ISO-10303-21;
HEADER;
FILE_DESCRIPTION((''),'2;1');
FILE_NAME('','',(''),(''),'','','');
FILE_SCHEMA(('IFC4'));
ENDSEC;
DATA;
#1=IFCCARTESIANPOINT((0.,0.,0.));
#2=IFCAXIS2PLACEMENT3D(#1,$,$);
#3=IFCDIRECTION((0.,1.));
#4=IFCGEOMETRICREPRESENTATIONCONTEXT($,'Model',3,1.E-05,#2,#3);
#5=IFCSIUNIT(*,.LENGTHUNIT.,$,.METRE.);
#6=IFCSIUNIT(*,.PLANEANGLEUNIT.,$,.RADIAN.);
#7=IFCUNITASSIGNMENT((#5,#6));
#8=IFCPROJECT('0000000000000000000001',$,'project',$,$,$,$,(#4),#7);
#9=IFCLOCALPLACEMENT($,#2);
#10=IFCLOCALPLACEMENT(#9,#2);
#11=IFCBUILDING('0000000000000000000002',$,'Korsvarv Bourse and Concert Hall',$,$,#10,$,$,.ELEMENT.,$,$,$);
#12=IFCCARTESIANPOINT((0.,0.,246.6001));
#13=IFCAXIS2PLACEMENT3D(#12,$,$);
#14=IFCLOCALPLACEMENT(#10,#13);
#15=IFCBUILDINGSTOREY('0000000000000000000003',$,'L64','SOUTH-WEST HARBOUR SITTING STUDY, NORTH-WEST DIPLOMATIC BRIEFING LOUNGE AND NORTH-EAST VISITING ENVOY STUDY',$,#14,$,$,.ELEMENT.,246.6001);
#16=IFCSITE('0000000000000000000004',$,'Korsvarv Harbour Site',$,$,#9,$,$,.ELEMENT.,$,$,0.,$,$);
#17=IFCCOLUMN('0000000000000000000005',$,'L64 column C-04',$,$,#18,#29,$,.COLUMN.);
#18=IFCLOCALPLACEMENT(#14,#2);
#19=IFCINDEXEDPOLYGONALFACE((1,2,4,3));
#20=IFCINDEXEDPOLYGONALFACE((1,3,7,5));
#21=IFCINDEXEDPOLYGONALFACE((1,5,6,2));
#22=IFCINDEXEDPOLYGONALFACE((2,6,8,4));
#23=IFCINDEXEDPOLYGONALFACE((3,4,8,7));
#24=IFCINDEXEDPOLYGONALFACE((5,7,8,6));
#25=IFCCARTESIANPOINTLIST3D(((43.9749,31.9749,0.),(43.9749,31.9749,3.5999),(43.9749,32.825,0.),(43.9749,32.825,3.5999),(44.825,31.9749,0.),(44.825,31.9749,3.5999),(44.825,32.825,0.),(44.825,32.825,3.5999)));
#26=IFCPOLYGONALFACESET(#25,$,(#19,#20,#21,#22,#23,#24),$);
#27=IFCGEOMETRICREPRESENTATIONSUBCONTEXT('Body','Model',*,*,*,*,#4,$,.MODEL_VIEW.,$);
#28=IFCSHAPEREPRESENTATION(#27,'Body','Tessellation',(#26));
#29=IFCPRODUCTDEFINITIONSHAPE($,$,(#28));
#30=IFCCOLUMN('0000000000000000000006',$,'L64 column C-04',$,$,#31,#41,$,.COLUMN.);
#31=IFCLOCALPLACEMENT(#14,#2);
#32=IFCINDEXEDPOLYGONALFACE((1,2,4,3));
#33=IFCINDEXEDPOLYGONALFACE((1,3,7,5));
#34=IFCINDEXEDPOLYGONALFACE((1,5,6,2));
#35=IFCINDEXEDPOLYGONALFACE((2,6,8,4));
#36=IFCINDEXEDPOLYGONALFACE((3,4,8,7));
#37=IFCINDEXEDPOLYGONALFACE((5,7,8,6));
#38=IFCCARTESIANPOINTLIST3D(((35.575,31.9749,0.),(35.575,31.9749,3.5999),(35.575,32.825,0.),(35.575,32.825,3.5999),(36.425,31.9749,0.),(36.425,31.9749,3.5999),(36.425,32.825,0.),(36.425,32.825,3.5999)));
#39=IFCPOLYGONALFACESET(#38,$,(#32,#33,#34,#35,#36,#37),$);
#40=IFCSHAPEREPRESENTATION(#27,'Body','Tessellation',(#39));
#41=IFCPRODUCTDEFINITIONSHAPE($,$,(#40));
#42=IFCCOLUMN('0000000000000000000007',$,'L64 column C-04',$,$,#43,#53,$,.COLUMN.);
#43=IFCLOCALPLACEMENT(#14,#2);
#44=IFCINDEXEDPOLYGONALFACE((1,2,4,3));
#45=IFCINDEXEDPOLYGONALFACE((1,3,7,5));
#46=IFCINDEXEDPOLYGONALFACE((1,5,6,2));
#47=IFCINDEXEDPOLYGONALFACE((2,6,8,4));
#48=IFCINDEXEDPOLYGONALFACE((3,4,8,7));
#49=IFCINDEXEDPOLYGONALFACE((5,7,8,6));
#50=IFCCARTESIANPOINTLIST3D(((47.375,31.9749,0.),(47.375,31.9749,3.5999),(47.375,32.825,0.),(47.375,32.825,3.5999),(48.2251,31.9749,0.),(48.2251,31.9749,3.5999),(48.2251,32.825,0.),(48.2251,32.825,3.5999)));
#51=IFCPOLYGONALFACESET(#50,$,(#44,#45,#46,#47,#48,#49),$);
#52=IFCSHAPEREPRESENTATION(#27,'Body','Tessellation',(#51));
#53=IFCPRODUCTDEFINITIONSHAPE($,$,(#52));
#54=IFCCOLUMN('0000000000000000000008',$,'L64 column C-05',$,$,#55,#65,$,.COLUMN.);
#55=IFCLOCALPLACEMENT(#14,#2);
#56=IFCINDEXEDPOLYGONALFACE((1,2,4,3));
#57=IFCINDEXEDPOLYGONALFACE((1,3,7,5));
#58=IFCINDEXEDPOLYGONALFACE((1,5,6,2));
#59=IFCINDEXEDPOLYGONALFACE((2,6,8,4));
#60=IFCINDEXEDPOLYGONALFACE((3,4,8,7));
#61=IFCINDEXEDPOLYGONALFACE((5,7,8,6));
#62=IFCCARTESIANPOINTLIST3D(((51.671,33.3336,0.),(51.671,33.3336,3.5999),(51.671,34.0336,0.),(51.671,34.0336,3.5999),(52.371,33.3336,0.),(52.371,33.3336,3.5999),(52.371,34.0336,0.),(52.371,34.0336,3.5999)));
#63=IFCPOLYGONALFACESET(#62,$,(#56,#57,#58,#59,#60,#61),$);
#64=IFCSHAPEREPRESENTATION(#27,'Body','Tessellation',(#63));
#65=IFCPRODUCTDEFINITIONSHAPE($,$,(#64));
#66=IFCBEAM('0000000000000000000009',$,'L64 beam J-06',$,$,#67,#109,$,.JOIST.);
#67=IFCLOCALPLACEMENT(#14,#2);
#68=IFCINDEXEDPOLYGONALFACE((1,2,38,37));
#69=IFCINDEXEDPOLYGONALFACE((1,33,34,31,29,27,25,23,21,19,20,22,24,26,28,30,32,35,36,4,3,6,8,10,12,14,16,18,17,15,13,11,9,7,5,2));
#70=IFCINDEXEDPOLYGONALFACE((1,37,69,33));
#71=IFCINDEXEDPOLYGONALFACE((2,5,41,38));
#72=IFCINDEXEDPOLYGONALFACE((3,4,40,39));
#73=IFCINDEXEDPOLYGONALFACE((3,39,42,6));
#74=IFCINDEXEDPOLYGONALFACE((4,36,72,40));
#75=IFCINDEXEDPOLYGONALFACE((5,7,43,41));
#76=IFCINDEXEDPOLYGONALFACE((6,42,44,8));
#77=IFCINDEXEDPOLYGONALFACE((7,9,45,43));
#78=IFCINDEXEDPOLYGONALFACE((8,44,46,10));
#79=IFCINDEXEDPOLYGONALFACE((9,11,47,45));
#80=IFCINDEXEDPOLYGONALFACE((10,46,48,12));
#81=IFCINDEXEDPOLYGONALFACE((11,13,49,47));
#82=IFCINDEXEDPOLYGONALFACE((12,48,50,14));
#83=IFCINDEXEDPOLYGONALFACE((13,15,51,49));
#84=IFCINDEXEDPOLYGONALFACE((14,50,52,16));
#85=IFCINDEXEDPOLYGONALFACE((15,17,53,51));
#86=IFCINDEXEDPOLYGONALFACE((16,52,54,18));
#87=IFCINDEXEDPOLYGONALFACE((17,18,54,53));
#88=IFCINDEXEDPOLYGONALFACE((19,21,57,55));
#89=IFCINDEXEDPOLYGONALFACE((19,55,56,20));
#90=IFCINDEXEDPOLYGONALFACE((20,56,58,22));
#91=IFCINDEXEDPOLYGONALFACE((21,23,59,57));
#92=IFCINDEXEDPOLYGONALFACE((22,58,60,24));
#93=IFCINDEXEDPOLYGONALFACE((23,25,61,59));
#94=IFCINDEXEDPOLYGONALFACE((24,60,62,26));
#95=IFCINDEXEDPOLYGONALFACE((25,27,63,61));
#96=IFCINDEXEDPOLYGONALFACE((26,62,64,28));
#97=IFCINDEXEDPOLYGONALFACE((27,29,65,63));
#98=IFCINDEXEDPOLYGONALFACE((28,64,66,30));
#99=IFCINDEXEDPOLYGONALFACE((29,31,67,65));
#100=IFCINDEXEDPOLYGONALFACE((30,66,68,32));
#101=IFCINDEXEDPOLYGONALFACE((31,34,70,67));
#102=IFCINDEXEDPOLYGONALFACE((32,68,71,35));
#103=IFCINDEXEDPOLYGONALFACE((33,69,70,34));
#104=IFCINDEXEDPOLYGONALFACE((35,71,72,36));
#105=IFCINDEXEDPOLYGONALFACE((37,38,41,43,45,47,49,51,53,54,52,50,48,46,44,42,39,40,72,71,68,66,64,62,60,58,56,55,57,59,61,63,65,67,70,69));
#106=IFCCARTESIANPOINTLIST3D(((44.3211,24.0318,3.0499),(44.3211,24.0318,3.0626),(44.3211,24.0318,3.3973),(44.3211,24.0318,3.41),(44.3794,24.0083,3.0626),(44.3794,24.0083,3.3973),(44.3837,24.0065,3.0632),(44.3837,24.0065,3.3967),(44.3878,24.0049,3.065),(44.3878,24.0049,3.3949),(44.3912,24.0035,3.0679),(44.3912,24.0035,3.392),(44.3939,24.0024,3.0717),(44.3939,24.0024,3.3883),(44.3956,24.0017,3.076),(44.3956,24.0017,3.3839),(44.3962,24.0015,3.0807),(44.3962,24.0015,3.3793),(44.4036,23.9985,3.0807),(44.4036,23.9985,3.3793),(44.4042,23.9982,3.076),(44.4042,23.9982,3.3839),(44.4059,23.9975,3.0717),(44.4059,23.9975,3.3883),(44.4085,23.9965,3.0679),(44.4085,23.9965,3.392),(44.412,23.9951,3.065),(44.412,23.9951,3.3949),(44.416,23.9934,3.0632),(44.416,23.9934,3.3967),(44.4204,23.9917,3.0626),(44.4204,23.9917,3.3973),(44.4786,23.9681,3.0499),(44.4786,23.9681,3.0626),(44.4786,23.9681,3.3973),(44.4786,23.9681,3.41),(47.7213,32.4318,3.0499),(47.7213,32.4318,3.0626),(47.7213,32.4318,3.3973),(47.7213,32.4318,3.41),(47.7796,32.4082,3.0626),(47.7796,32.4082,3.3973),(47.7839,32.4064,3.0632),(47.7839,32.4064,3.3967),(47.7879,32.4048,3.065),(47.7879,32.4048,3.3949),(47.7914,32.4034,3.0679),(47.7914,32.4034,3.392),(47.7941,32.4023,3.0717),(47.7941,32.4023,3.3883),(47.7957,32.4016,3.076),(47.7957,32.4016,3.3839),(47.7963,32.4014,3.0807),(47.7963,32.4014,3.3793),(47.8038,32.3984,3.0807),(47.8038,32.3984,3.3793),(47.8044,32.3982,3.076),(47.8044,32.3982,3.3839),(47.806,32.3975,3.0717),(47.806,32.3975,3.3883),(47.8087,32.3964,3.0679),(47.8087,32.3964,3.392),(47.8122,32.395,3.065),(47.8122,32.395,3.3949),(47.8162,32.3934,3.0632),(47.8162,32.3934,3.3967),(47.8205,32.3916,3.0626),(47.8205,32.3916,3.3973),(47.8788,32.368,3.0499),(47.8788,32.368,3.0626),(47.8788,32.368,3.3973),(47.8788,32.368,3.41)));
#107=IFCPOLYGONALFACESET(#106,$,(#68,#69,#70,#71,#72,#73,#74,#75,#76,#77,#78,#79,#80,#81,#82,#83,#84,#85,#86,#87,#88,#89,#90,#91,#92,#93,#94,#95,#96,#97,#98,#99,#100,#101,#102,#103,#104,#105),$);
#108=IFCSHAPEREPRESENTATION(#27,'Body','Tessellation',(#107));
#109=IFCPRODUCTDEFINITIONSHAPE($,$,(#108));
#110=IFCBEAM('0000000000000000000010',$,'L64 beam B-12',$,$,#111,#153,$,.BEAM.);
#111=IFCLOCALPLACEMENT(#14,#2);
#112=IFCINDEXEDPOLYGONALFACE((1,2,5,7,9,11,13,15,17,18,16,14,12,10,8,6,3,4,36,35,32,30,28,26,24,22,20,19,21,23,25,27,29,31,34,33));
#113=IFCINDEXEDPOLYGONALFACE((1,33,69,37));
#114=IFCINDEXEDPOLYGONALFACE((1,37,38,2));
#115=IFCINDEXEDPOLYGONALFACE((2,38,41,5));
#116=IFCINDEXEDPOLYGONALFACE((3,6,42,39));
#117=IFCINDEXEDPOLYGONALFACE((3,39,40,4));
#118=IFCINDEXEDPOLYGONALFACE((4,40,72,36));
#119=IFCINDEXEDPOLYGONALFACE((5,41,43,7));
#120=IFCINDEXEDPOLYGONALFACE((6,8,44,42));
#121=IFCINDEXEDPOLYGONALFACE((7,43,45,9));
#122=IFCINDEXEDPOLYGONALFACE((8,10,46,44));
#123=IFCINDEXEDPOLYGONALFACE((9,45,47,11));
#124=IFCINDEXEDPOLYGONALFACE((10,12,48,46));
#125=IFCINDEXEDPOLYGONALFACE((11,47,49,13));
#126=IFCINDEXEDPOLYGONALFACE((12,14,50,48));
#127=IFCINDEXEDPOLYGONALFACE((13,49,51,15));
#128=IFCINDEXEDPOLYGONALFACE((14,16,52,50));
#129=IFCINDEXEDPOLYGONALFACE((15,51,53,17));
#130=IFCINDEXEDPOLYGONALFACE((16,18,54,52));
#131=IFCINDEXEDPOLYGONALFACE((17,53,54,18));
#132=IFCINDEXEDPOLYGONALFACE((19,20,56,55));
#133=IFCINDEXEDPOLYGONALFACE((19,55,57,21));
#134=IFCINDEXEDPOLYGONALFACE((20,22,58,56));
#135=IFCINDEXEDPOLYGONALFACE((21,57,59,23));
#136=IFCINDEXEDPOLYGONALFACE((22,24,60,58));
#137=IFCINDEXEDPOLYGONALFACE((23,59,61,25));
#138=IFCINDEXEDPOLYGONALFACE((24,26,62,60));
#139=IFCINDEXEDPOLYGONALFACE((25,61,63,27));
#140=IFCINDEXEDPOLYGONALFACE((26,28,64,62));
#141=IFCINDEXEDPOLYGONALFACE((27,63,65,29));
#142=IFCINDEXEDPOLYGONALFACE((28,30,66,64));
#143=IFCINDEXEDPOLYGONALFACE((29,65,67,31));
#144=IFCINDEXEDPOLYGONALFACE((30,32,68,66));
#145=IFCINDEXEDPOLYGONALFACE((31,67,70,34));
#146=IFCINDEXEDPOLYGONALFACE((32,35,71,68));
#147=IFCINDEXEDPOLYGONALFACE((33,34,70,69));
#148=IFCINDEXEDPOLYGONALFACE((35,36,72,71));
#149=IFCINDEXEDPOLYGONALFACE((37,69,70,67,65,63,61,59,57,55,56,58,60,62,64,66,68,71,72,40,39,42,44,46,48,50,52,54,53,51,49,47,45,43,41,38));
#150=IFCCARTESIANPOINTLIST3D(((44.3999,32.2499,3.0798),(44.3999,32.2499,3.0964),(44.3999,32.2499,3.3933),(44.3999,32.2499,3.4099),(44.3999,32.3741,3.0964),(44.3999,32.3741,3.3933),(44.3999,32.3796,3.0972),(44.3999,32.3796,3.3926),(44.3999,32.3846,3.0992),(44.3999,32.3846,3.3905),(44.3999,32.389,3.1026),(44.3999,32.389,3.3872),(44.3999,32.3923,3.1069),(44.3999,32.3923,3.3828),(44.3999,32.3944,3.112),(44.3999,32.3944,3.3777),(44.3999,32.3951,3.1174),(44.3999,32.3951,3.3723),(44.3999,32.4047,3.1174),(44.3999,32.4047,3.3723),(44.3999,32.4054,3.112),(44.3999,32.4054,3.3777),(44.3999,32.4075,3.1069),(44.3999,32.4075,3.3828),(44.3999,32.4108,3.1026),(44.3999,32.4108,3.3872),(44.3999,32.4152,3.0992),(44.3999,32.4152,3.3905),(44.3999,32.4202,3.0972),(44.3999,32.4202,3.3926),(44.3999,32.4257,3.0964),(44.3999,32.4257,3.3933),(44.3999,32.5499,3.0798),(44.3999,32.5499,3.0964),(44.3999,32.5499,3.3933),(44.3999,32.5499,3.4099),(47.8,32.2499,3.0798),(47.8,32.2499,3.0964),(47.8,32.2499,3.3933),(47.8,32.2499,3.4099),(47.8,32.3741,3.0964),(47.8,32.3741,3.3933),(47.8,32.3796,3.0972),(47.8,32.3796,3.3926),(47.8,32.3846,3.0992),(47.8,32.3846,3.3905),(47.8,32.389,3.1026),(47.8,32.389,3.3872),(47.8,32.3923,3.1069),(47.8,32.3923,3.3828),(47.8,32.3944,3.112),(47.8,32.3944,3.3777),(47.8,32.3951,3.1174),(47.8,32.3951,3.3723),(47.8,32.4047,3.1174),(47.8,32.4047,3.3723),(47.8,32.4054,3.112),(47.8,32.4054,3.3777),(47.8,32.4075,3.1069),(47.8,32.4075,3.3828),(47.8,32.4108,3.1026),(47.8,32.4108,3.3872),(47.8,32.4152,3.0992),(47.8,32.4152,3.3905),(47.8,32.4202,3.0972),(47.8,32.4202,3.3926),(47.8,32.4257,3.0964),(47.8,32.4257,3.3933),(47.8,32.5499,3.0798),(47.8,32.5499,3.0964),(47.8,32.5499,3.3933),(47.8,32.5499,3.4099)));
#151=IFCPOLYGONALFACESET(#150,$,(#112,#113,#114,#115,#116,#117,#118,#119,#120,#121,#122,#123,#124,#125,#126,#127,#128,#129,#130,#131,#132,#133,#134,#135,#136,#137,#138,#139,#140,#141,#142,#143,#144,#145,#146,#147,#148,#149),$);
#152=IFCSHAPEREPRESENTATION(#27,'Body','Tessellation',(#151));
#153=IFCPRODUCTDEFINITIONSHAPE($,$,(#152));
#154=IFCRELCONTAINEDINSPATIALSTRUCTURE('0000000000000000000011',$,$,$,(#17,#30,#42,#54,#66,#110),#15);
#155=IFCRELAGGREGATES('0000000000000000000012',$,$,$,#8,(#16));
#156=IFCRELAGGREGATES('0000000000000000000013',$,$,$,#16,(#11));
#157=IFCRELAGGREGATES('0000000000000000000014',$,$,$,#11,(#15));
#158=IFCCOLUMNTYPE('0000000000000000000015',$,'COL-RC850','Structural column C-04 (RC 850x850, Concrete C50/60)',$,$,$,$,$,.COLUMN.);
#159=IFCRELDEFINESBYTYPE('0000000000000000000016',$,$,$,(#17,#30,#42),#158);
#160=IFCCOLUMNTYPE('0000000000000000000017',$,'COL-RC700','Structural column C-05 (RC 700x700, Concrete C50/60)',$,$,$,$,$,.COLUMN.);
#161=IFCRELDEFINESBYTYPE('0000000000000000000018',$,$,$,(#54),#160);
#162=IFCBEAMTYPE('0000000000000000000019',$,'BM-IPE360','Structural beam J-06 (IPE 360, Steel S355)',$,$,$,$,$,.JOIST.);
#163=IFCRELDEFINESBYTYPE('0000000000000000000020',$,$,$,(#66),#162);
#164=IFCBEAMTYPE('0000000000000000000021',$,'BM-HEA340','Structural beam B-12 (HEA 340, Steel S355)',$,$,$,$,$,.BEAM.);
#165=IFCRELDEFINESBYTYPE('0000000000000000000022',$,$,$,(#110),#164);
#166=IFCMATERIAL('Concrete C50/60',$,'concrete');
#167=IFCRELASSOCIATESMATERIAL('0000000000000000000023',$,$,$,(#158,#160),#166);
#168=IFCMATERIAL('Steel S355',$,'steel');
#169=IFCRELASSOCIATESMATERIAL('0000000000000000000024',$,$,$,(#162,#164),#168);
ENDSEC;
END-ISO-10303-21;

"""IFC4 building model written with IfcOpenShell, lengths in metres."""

from ifc_helpers import new_model, si_unit, direction, frame, origin, origin_2d, place, context, subcontext, project, spatial, rectangle, i_section, extrude, source, transform, mapped, material, material_profile, profile_set, type_object, element, save


model = new_model("IFC4")

# Units and contexts
model_context = context("Model", 3, precision=1e-05, world=origin(), true_north=direction((0.0, 1.0)))
body_context = subcontext(model_context, "Body", "Model", "MODEL_VIEW")
ifc_project = project(units=[si_unit("LENGTHUNIT", "METRE"), si_unit("PLANEANGLEUNIT", "RADIAN")], contexts=[model_context])

# Site, building, storey
site_placement = place(None, origin())
site = spatial("IfcSite", under=ifc_project, at=site_placement, Name="Korsvarv Harbour Site", CompositionType="ELEMENT", RefElevation=0.0)
building_placement = place(site_placement, origin())
building = spatial("IfcBuilding", under=site, at=building_placement, Name="Korsvarv Bourse and Concert Hall", CompositionType="ELEMENT")
storey_placement = place(building_placement, frame((0.0, 0.0, 246.6001)))
storey = spatial("IfcBuildingStorey", under=building, at=storey_placement, Name="L64", Description="SOUTH-WEST HARBOUR SITTING STUDY, NORTH-WEST DIPLOMATIC BRIEFING LOUNGE AND NORTH-EAST VISITING ENVOY STUDY", CompositionType="ELEMENT", Elevation=246.6001)

# Columns
ifc_material_1 = material(Name="Concrete C50/60", Category="concrete")
ifc_material_profile_1 = material_profile(ifc_material_1, rectangle(XDim=0.8501, YDim=0.8501, at=origin_2d()), Name="RC 850x850")
ifc_profile_set_1 = profile_set([ifc_material_profile_1], Name="Concrete C50/60")
column_type_1 = type_object("IfcColumnType", Name="COL-RC850", Description="Structural column C-04 (RC 850x850, Concrete C50/60)", PredefinedType="COLUMN", material=ifc_profile_set_1)
shared_shape_1 = source(origin(), body_context, "Body", "SweptSolid", [
    extrude(rectangle(XDim=0.8501, YDim=0.8501, at=origin_2d()), origin(), (0.0, 0.0, 1.0), 3.5999),
])
for number, where, z_axis, x_axis, name in (
    (1, (44.3999, 32.3999, 0.0), (0.0, 0.0, 1.0), (1.0, 0.0, 0.0), "L64 column C-04"),
    (2, (36.0, 32.3999, 0.0), (0.0, 0.0, 1.0), (1.0, 0.0, 0.0), "L64 column C-04"),
    (3, (47.8, 32.3999, 0.0), (0.0, 0.0, 1.0), (1.0, 0.0, 0.0), "L64 column C-04"),
):
    element("IfcColumn", number, at=place(storey_placement, frame(where, z_axis=z_axis, x_axis=x_axis)), inside=storey, type_object=column_type_1, Name=name, PredefinedType="COLUMN", context=body_context, shape_type="MappedRepresentation", body=[
        mapped(shared_shape_1, transform((0.0, 0.0, 0.0), scale=1.0)),
    ])
ifc_material_profile_2 = material_profile(ifc_material_1, rectangle(XDim=0.7, YDim=0.7, at=origin_2d()), Name="RC 700x700")
ifc_profile_set_2 = profile_set([ifc_material_profile_2], Name="Concrete C50/60")
column_type_2 = type_object("IfcColumnType", Name="COL-RC700", Description="Structural column C-05 (RC 700x700, Concrete C50/60)", PredefinedType="COLUMN", material=ifc_profile_set_2)
shared_shape_2 = source(origin(), body_context, "Body", "SweptSolid", [
    extrude(rectangle(XDim=0.7, YDim=0.7, at=origin_2d()), origin(), (0.0, 0.0, 1.0), 3.5999),
])
column_placement = place(storey_placement, frame((52.021, 33.6836, 0.0), z_axis=(0.0, 0.0, 1.0), x_axis=(1.0, 0.0, 0.0)))
element("IfcColumn", 4, at=column_placement, inside=storey, type_object=column_type_2, Name="L64 column C-05", PredefinedType="COLUMN", context=body_context, shape_type="MappedRepresentation", body=[
    mapped(shared_shape_2, transform((0.0, 0.0, 0.0), scale=1.0)),
])

# Beams
ifc_material_2 = material(Name="Steel S355", Category="steel")
ifc_material_profile_3 = material_profile(ifc_material_2, i_section(OverallWidth=0.1699, OverallDepth=0.3601, WebThickness=0.0081, FlangeThickness=0.0127, FilletRadius=0.0181, at=origin_2d()), Name="IPE 360")
ifc_profile_set_3 = profile_set([ifc_material_profile_3], Name="Steel S355")
beam_type_1 = type_object("IfcBeamType", Name="BM-IPE360", Description="Structural beam J-06 (IPE 360, Steel S355)", PredefinedType="JOIST", material=ifc_profile_set_3)
shared_shape_3 = source(origin(), body_context, "Body", "SweptSolid", [
    extrude(i_section(OverallWidth=0.1699, OverallDepth=0.3601, WebThickness=0.0081, FlangeThickness=0.0127, FilletRadius=0.0181, at=origin_2d()), origin(), (0.0, 0.0, 1.0), 9.062),
])
beam_1_placement = place(storey_placement, frame((47.8, 32.3999, 3.23), z_axis=(-0.37521, -0.92694, 0.0), x_axis=(0.92694, -0.37521, 0.0)))
element("IfcBeam", 5, at=beam_1_placement, inside=storey, type_object=beam_type_1, Name="L64 beam J-06", PredefinedType="JOIST", context=body_context, shape_type="MappedRepresentation", body=[
    mapped(shared_shape_3, transform((0.0, 0.0, 0.0), scale=1.0)),
])
ifc_material_profile_4 = material_profile(ifc_material_2, i_section(OverallWidth=0.3, OverallDepth=0.3301, WebThickness=0.0095, FlangeThickness=0.0166, FilletRadius=0.021, at=origin_2d()), Name="HEA 340")
ifc_profile_set_4 = profile_set([ifc_material_profile_4], Name="Steel S355")
beam_type_2 = type_object("IfcBeamType", Name="BM-HEA340", Description="Structural beam B-12 (HEA 340, Steel S355)", PredefinedType="BEAM", material=ifc_profile_set_4)
shared_shape_4 = source(origin(), body_context, "Body", "SweptSolid", [
    extrude(i_section(OverallWidth=0.3, OverallDepth=0.3301, WebThickness=0.0095, FlangeThickness=0.0166, FilletRadius=0.021, at=origin_2d()), origin(), (0.0, 0.0, 1.0), 3.4001),
])
beam_2_placement = place(storey_placement, frame((44.3999, 32.3999, 3.2449), z_axis=(1.0, 0.0, 0.0), x_axis=(0.0, 1.0, 0.0)))
element("IfcBeam", 6, at=beam_2_placement, inside=storey, type_object=beam_type_2, Name="L64 beam B-12", PredefinedType="BEAM", context=body_context, shape_type="MappedRepresentation", body=[
    mapped(shared_shape_4, transform((0.0, 0.0, 0.0), scale=1.0)),
])

save(model, "model.ifc")
